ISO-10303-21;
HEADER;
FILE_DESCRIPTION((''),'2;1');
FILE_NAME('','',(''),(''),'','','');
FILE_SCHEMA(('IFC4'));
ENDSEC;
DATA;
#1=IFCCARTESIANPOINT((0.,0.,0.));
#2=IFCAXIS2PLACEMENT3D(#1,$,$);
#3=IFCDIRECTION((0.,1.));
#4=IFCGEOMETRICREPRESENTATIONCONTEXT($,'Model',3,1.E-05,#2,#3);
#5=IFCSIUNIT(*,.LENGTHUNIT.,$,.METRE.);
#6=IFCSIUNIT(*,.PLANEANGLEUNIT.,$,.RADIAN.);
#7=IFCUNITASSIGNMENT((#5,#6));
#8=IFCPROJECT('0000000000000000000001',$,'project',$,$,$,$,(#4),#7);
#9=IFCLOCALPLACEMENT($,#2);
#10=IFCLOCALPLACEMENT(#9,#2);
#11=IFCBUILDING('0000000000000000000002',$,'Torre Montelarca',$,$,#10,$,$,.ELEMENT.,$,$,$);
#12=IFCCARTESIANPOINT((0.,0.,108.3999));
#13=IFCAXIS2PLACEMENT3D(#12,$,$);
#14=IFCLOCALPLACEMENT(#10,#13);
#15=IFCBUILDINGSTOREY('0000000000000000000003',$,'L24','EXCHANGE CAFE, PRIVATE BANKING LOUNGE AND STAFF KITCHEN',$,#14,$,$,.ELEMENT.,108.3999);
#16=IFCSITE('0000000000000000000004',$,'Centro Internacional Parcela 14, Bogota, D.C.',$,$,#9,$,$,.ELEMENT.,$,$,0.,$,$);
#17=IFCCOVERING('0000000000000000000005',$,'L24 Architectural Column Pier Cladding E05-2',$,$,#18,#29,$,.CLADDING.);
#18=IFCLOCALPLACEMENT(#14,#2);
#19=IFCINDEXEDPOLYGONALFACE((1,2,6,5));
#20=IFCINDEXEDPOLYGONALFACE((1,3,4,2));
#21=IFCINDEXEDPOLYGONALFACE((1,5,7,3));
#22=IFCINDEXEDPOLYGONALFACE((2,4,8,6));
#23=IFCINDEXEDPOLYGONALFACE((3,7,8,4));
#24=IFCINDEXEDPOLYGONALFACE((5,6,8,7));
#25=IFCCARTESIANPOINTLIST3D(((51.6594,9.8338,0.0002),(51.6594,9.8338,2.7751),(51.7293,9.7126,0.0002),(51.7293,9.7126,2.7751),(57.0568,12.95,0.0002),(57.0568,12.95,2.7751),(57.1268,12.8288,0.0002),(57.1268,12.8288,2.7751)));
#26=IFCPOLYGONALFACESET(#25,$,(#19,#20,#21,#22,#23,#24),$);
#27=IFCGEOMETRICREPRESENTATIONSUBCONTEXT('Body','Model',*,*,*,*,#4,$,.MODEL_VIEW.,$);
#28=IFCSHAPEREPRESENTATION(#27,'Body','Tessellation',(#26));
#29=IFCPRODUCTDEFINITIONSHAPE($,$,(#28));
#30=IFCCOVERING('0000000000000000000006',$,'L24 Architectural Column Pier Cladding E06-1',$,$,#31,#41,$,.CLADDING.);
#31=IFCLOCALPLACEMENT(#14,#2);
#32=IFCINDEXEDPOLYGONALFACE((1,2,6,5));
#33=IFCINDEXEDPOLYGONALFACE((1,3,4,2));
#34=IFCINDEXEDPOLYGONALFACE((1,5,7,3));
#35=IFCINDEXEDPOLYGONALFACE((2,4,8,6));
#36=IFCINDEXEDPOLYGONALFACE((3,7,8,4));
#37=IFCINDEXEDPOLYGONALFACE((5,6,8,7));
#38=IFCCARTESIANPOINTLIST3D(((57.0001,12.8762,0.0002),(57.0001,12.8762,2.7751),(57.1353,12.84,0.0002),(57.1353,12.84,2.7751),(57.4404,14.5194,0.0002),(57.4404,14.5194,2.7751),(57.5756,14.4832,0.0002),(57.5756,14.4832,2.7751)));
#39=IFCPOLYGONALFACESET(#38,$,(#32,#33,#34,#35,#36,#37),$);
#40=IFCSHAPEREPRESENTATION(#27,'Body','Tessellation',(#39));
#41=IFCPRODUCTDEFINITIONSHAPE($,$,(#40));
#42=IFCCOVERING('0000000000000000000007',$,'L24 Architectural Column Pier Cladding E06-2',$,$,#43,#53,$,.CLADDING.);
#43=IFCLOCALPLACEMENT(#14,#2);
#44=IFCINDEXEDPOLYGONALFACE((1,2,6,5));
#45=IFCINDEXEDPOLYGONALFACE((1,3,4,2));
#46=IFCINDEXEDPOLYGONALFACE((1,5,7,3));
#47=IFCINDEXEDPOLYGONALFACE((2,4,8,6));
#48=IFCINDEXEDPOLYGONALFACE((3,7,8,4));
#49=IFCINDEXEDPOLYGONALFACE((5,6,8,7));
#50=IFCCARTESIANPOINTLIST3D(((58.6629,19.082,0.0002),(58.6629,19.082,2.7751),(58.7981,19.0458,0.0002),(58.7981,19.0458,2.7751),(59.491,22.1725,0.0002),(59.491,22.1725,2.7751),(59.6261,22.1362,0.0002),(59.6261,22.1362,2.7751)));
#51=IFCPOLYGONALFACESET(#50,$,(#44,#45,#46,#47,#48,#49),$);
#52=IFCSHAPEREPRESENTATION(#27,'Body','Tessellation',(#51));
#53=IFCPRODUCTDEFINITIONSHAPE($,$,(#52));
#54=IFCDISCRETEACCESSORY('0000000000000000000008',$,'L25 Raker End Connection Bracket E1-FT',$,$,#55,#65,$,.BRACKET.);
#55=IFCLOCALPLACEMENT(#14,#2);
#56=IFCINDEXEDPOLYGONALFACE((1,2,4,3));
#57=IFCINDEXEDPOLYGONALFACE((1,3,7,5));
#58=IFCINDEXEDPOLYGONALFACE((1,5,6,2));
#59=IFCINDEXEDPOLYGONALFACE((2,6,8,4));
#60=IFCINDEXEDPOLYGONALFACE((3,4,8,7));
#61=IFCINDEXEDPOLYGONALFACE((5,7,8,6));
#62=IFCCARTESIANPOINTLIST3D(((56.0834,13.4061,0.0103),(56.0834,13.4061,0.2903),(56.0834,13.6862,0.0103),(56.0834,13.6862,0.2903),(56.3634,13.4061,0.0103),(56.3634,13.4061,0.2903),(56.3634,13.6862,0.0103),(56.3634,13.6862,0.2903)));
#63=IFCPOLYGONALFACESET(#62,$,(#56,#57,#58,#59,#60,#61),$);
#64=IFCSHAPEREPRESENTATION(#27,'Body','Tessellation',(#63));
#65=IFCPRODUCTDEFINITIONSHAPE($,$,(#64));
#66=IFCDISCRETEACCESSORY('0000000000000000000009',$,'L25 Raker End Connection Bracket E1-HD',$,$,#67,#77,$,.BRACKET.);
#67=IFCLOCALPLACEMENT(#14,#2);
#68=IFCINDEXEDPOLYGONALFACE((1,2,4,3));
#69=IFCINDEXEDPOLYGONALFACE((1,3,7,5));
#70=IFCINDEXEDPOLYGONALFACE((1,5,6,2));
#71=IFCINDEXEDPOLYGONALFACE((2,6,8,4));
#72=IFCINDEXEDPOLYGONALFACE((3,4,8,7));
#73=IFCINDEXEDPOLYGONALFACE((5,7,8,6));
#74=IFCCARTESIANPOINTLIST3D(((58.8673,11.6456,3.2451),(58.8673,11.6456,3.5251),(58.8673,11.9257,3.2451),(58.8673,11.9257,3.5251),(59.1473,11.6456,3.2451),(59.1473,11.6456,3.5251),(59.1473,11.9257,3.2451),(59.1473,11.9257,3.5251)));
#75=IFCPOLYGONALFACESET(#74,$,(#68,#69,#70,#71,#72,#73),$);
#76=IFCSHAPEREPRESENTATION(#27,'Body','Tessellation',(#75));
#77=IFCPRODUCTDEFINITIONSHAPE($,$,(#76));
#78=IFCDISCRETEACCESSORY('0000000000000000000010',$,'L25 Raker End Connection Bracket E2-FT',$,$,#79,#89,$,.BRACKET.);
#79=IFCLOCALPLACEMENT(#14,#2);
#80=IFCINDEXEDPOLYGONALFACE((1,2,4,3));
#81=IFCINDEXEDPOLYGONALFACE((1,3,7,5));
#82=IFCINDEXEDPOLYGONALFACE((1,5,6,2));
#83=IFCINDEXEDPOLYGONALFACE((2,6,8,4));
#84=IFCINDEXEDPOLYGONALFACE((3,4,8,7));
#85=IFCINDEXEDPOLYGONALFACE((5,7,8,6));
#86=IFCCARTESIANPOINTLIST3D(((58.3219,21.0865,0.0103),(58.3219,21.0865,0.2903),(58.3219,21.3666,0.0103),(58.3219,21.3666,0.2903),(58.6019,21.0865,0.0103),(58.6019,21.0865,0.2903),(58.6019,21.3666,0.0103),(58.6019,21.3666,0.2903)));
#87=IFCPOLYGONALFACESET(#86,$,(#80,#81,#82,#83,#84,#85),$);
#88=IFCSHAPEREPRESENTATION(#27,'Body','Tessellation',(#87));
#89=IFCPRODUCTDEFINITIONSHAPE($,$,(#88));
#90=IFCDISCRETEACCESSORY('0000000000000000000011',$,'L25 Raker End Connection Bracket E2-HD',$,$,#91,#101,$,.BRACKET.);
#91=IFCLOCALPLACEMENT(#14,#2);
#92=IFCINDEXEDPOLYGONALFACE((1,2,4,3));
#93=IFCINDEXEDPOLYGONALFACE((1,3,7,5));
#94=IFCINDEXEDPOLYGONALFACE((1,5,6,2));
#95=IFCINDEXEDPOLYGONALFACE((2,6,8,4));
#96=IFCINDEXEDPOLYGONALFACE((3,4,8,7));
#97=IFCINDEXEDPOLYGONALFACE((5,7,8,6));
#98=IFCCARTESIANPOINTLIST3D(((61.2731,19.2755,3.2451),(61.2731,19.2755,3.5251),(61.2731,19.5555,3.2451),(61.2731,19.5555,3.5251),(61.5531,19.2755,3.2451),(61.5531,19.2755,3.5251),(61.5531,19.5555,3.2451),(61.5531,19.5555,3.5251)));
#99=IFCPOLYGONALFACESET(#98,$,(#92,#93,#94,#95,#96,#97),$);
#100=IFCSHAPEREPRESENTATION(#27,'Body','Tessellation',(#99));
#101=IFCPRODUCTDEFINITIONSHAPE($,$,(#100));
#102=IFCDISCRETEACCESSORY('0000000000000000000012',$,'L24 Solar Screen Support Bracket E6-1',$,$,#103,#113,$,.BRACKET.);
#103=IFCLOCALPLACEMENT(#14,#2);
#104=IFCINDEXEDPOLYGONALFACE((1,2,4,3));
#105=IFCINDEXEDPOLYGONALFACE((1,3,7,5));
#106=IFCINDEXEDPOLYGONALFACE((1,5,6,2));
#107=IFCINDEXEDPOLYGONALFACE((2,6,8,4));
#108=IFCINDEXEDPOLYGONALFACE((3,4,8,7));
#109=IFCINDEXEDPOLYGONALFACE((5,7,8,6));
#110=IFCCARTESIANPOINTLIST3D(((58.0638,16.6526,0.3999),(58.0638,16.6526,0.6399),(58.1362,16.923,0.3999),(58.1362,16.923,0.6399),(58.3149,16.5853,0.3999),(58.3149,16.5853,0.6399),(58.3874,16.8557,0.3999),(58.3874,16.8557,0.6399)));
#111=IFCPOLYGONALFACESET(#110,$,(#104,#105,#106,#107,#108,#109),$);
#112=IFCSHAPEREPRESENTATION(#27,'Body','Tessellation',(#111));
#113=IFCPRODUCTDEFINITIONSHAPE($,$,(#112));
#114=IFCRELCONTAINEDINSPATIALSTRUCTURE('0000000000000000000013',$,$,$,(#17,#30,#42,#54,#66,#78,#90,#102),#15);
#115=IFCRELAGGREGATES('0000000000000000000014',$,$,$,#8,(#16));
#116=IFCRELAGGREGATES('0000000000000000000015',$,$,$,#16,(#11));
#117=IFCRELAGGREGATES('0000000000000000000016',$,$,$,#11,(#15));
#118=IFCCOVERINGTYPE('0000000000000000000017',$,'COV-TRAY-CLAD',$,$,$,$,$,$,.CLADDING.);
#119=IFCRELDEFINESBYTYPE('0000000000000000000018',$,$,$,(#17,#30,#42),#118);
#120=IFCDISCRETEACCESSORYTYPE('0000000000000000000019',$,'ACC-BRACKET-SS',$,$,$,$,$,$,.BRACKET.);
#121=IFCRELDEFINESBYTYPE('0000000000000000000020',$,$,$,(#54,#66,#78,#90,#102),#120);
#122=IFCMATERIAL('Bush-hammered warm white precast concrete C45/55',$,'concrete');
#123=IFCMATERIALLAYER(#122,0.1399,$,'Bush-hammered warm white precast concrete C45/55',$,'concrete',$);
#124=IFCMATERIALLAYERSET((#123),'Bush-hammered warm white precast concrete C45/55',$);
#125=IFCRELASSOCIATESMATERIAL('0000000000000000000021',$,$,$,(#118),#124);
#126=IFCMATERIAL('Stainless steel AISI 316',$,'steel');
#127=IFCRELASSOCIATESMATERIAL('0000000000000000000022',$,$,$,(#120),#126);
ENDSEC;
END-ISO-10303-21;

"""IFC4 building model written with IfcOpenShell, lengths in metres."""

from ifc_helpers import new_model, si_unit, direction, frame, origin, origin_2d, place, context, subcontext, project, spatial, rectangle, extrude, source, transform, mapped, material, layer, layer_set, type_object, element, save


model = new_model("IFC4")

# Units and contexts
model_context = context("Model", 3, precision=1e-05, world=origin(), true_north=direction((0.0, 1.0)))
body_context = subcontext(model_context, "Body", "Model", "MODEL_VIEW")
ifc_project = project(units=[si_unit("LENGTHUNIT", "METRE"), si_unit("PLANEANGLEUNIT", "RADIAN")], contexts=[model_context])

# Site, building, storey
site_placement = place(None, origin())
site = spatial("IfcSite", under=ifc_project, at=site_placement, Name="Centro Internacional Parcela 14, Bogota, D.C.", CompositionType="ELEMENT", RefElevation=0.0)
building_placement = place(site_placement, origin())
building = spatial("IfcBuilding", under=site, at=building_placement, Name="Torre Montelarca", CompositionType="ELEMENT")
storey_placement = place(building_placement, frame((0.0, 0.0, 108.3999)))
storey = spatial("IfcBuildingStorey", under=building, at=storey_placement, Name="L24", Description="EXCHANGE CAFE, PRIVATE BANKING LOUNGE AND STAFF KITCHEN", CompositionType="ELEMENT", Elevation=108.3999)

# Shared definitions
ifc_material_1 = material(Name="Bush-hammered warm white precast concrete C45/55", Category="concrete")
ifc_layer_1 = layer(ifc_material_1, 0.1399, Name="Bush-hammered warm white precast concrete C45/55", Category="concrete")
ifc_layer_set_1 = layer_set([ifc_layer_1], Name="Bush-hammered warm white precast concrete C45/55")
covering_type = type_object("IfcCoveringType", Name="COV-TRAY-CLAD", PredefinedType="CLADDING", material=ifc_layer_set_1)

# Coverings
shared_shape_1 = source(origin(), body_context, "Body", "SweptSolid", [
    extrude(rectangle(XDim=6.2324, YDim=0.1399, at=origin_2d()), origin(), (0.0, 0.0, 1.0), 2.7749),
])
covering_1_placement = place(storey_placement, frame((54.3931, 11.3313, 0.0002), z_axis=(0.0, 0.0, 1.0), x_axis=(0.866025, 0.500002, 0.0)))
element("IfcCovering", 1, at=covering_1_placement, inside=storey, type_object=covering_type, Name="L24 Architectural Column Pier Cladding E05-2", PredefinedType="CLADDING", context=body_context, shape_type="MappedRepresentation", body=[
    mapped(shared_shape_1, transform((0.0, 0.0, 0.0), scale=1.0)),
])
shared_shape_2 = source(origin(), body_context, "Body", "SweptSolid", [
    extrude(rectangle(XDim=1.7012, YDim=0.1399, at=origin_2d()), origin(), (0.0, 0.0, 1.0), 2.7749),
])
covering_2_placement = place(storey_placement, frame((57.2878, 13.6797, 0.0002), z_axis=(0.0, 0.0, 1.0), x_axis=(0.258819, 0.965926, 0.0)))
element("IfcCovering", 2, at=covering_2_placement, inside=storey, type_object=covering_type, Name="L24 Architectural Column Pier Cladding E06-1", PredefinedType="CLADDING", context=body_context, shape_type="MappedRepresentation", body=[
    mapped(shared_shape_2, transform((0.0, 0.0, 0.0), scale=1.0)),
])
shared_shape_3 = source(origin(), body_context, "Body", "SweptSolid", [
    extrude(rectangle(XDim=3.1995, YDim=0.1399, at=origin_2d()), origin(), (0.0, 0.0, 1.0), 2.7749),
])
covering_3_placement = place(storey_placement, frame((59.1445, 20.6091, 0.0002), z_axis=(0.0, 0.0, 1.0), x_axis=(0.258819, 0.965926, 0.0)))
element("IfcCovering", 3, at=covering_3_placement, inside=storey, type_object=covering_type, Name="L24 Architectural Column Pier Cladding E06-2", PredefinedType="CLADDING", context=body_context, shape_type="MappedRepresentation", body=[
    mapped(shared_shape_3, transform((0.0, 0.0, 0.0), scale=1.0)),
])

# Discrete accessories
ifc_material_2 = material(Name="Stainless steel AISI 316", Category="steel")
discrete_accessory_type = type_object("IfcDiscreteAccessoryType", Name="ACC-BRACKET-SS", PredefinedType="BRACKET", material=ifc_material_2)
shared_shape_4 = source(origin(), body_context, "Body", "SweptSolid", [
    extrude(rectangle(XDim=0.28, YDim=0.28, at=origin_2d()), origin(), (0.0, 0.0, 1.0), 0.28),
])
for number, where, z_axis, x_axis, name in (
    (4, (56.2234, 13.5461, 0.0103), (0.0, 0.0, 1.0), (1.0, 0.0, 0.0), "L25 Raker End Connection Bracket E1-FT"),
    (5, (59.0073, 11.7856, 3.2451), (0.0, 0.0, 1.0), (1.0, 0.0, 0.0), "L25 Raker End Connection Bracket E1-HD"),
    (6, (58.4619, 21.2266, 0.0103), (0.0, 0.0, 1.0), (1.0, 0.0, 0.0), "L25 Raker End Connection Bracket E2-FT"),
    (7, (61.4131, 19.4155, 3.2451), (0.0, 0.0, 1.0), (1.0, 0.0, 0.0), "L25 Raker End Connection Bracket E2-HD"),
):
    element("IfcDiscreteAccessory", number, at=place(storey_placement, frame(where, z_axis=z_axis, x_axis=x_axis)), inside=storey, type_object=discrete_accessory_type, Name=name, PredefinedType="BRACKET", context=body_context, shape_type="MappedRepresentation", body=[
        mapped(shared_shape_4, transform((0.0, 0.0, 0.0), scale=1.0)),
    ])
shared_shape_5 = source(origin(), body_context, "Body", "SweptSolid", [
    extrude(rectangle(XDim=0.28, YDim=0.26, at=origin_2d()), origin(), (0.0, 0.0, 1.0), 0.24),
])
discrete_accessory_placement = place(storey_placement, frame((58.2256, 16.7542, 0.3999), z_axis=(0.0, 0.0, 1.0), x_axis=(0.258819, 0.965926, 0.0)))
element("IfcDiscreteAccessory", 8, at=discrete_accessory_placement, inside=storey, type_object=discrete_accessory_type, Name="L24 Solar Screen Support Bracket E6-1", PredefinedType="BRACKET", context=body_context, shape_type="MappedRepresentation", body=[
    mapped(shared_shape_5, transform((0.0, 0.0, 0.0), scale=1.0)),
])

save(model, "model.ifc")
